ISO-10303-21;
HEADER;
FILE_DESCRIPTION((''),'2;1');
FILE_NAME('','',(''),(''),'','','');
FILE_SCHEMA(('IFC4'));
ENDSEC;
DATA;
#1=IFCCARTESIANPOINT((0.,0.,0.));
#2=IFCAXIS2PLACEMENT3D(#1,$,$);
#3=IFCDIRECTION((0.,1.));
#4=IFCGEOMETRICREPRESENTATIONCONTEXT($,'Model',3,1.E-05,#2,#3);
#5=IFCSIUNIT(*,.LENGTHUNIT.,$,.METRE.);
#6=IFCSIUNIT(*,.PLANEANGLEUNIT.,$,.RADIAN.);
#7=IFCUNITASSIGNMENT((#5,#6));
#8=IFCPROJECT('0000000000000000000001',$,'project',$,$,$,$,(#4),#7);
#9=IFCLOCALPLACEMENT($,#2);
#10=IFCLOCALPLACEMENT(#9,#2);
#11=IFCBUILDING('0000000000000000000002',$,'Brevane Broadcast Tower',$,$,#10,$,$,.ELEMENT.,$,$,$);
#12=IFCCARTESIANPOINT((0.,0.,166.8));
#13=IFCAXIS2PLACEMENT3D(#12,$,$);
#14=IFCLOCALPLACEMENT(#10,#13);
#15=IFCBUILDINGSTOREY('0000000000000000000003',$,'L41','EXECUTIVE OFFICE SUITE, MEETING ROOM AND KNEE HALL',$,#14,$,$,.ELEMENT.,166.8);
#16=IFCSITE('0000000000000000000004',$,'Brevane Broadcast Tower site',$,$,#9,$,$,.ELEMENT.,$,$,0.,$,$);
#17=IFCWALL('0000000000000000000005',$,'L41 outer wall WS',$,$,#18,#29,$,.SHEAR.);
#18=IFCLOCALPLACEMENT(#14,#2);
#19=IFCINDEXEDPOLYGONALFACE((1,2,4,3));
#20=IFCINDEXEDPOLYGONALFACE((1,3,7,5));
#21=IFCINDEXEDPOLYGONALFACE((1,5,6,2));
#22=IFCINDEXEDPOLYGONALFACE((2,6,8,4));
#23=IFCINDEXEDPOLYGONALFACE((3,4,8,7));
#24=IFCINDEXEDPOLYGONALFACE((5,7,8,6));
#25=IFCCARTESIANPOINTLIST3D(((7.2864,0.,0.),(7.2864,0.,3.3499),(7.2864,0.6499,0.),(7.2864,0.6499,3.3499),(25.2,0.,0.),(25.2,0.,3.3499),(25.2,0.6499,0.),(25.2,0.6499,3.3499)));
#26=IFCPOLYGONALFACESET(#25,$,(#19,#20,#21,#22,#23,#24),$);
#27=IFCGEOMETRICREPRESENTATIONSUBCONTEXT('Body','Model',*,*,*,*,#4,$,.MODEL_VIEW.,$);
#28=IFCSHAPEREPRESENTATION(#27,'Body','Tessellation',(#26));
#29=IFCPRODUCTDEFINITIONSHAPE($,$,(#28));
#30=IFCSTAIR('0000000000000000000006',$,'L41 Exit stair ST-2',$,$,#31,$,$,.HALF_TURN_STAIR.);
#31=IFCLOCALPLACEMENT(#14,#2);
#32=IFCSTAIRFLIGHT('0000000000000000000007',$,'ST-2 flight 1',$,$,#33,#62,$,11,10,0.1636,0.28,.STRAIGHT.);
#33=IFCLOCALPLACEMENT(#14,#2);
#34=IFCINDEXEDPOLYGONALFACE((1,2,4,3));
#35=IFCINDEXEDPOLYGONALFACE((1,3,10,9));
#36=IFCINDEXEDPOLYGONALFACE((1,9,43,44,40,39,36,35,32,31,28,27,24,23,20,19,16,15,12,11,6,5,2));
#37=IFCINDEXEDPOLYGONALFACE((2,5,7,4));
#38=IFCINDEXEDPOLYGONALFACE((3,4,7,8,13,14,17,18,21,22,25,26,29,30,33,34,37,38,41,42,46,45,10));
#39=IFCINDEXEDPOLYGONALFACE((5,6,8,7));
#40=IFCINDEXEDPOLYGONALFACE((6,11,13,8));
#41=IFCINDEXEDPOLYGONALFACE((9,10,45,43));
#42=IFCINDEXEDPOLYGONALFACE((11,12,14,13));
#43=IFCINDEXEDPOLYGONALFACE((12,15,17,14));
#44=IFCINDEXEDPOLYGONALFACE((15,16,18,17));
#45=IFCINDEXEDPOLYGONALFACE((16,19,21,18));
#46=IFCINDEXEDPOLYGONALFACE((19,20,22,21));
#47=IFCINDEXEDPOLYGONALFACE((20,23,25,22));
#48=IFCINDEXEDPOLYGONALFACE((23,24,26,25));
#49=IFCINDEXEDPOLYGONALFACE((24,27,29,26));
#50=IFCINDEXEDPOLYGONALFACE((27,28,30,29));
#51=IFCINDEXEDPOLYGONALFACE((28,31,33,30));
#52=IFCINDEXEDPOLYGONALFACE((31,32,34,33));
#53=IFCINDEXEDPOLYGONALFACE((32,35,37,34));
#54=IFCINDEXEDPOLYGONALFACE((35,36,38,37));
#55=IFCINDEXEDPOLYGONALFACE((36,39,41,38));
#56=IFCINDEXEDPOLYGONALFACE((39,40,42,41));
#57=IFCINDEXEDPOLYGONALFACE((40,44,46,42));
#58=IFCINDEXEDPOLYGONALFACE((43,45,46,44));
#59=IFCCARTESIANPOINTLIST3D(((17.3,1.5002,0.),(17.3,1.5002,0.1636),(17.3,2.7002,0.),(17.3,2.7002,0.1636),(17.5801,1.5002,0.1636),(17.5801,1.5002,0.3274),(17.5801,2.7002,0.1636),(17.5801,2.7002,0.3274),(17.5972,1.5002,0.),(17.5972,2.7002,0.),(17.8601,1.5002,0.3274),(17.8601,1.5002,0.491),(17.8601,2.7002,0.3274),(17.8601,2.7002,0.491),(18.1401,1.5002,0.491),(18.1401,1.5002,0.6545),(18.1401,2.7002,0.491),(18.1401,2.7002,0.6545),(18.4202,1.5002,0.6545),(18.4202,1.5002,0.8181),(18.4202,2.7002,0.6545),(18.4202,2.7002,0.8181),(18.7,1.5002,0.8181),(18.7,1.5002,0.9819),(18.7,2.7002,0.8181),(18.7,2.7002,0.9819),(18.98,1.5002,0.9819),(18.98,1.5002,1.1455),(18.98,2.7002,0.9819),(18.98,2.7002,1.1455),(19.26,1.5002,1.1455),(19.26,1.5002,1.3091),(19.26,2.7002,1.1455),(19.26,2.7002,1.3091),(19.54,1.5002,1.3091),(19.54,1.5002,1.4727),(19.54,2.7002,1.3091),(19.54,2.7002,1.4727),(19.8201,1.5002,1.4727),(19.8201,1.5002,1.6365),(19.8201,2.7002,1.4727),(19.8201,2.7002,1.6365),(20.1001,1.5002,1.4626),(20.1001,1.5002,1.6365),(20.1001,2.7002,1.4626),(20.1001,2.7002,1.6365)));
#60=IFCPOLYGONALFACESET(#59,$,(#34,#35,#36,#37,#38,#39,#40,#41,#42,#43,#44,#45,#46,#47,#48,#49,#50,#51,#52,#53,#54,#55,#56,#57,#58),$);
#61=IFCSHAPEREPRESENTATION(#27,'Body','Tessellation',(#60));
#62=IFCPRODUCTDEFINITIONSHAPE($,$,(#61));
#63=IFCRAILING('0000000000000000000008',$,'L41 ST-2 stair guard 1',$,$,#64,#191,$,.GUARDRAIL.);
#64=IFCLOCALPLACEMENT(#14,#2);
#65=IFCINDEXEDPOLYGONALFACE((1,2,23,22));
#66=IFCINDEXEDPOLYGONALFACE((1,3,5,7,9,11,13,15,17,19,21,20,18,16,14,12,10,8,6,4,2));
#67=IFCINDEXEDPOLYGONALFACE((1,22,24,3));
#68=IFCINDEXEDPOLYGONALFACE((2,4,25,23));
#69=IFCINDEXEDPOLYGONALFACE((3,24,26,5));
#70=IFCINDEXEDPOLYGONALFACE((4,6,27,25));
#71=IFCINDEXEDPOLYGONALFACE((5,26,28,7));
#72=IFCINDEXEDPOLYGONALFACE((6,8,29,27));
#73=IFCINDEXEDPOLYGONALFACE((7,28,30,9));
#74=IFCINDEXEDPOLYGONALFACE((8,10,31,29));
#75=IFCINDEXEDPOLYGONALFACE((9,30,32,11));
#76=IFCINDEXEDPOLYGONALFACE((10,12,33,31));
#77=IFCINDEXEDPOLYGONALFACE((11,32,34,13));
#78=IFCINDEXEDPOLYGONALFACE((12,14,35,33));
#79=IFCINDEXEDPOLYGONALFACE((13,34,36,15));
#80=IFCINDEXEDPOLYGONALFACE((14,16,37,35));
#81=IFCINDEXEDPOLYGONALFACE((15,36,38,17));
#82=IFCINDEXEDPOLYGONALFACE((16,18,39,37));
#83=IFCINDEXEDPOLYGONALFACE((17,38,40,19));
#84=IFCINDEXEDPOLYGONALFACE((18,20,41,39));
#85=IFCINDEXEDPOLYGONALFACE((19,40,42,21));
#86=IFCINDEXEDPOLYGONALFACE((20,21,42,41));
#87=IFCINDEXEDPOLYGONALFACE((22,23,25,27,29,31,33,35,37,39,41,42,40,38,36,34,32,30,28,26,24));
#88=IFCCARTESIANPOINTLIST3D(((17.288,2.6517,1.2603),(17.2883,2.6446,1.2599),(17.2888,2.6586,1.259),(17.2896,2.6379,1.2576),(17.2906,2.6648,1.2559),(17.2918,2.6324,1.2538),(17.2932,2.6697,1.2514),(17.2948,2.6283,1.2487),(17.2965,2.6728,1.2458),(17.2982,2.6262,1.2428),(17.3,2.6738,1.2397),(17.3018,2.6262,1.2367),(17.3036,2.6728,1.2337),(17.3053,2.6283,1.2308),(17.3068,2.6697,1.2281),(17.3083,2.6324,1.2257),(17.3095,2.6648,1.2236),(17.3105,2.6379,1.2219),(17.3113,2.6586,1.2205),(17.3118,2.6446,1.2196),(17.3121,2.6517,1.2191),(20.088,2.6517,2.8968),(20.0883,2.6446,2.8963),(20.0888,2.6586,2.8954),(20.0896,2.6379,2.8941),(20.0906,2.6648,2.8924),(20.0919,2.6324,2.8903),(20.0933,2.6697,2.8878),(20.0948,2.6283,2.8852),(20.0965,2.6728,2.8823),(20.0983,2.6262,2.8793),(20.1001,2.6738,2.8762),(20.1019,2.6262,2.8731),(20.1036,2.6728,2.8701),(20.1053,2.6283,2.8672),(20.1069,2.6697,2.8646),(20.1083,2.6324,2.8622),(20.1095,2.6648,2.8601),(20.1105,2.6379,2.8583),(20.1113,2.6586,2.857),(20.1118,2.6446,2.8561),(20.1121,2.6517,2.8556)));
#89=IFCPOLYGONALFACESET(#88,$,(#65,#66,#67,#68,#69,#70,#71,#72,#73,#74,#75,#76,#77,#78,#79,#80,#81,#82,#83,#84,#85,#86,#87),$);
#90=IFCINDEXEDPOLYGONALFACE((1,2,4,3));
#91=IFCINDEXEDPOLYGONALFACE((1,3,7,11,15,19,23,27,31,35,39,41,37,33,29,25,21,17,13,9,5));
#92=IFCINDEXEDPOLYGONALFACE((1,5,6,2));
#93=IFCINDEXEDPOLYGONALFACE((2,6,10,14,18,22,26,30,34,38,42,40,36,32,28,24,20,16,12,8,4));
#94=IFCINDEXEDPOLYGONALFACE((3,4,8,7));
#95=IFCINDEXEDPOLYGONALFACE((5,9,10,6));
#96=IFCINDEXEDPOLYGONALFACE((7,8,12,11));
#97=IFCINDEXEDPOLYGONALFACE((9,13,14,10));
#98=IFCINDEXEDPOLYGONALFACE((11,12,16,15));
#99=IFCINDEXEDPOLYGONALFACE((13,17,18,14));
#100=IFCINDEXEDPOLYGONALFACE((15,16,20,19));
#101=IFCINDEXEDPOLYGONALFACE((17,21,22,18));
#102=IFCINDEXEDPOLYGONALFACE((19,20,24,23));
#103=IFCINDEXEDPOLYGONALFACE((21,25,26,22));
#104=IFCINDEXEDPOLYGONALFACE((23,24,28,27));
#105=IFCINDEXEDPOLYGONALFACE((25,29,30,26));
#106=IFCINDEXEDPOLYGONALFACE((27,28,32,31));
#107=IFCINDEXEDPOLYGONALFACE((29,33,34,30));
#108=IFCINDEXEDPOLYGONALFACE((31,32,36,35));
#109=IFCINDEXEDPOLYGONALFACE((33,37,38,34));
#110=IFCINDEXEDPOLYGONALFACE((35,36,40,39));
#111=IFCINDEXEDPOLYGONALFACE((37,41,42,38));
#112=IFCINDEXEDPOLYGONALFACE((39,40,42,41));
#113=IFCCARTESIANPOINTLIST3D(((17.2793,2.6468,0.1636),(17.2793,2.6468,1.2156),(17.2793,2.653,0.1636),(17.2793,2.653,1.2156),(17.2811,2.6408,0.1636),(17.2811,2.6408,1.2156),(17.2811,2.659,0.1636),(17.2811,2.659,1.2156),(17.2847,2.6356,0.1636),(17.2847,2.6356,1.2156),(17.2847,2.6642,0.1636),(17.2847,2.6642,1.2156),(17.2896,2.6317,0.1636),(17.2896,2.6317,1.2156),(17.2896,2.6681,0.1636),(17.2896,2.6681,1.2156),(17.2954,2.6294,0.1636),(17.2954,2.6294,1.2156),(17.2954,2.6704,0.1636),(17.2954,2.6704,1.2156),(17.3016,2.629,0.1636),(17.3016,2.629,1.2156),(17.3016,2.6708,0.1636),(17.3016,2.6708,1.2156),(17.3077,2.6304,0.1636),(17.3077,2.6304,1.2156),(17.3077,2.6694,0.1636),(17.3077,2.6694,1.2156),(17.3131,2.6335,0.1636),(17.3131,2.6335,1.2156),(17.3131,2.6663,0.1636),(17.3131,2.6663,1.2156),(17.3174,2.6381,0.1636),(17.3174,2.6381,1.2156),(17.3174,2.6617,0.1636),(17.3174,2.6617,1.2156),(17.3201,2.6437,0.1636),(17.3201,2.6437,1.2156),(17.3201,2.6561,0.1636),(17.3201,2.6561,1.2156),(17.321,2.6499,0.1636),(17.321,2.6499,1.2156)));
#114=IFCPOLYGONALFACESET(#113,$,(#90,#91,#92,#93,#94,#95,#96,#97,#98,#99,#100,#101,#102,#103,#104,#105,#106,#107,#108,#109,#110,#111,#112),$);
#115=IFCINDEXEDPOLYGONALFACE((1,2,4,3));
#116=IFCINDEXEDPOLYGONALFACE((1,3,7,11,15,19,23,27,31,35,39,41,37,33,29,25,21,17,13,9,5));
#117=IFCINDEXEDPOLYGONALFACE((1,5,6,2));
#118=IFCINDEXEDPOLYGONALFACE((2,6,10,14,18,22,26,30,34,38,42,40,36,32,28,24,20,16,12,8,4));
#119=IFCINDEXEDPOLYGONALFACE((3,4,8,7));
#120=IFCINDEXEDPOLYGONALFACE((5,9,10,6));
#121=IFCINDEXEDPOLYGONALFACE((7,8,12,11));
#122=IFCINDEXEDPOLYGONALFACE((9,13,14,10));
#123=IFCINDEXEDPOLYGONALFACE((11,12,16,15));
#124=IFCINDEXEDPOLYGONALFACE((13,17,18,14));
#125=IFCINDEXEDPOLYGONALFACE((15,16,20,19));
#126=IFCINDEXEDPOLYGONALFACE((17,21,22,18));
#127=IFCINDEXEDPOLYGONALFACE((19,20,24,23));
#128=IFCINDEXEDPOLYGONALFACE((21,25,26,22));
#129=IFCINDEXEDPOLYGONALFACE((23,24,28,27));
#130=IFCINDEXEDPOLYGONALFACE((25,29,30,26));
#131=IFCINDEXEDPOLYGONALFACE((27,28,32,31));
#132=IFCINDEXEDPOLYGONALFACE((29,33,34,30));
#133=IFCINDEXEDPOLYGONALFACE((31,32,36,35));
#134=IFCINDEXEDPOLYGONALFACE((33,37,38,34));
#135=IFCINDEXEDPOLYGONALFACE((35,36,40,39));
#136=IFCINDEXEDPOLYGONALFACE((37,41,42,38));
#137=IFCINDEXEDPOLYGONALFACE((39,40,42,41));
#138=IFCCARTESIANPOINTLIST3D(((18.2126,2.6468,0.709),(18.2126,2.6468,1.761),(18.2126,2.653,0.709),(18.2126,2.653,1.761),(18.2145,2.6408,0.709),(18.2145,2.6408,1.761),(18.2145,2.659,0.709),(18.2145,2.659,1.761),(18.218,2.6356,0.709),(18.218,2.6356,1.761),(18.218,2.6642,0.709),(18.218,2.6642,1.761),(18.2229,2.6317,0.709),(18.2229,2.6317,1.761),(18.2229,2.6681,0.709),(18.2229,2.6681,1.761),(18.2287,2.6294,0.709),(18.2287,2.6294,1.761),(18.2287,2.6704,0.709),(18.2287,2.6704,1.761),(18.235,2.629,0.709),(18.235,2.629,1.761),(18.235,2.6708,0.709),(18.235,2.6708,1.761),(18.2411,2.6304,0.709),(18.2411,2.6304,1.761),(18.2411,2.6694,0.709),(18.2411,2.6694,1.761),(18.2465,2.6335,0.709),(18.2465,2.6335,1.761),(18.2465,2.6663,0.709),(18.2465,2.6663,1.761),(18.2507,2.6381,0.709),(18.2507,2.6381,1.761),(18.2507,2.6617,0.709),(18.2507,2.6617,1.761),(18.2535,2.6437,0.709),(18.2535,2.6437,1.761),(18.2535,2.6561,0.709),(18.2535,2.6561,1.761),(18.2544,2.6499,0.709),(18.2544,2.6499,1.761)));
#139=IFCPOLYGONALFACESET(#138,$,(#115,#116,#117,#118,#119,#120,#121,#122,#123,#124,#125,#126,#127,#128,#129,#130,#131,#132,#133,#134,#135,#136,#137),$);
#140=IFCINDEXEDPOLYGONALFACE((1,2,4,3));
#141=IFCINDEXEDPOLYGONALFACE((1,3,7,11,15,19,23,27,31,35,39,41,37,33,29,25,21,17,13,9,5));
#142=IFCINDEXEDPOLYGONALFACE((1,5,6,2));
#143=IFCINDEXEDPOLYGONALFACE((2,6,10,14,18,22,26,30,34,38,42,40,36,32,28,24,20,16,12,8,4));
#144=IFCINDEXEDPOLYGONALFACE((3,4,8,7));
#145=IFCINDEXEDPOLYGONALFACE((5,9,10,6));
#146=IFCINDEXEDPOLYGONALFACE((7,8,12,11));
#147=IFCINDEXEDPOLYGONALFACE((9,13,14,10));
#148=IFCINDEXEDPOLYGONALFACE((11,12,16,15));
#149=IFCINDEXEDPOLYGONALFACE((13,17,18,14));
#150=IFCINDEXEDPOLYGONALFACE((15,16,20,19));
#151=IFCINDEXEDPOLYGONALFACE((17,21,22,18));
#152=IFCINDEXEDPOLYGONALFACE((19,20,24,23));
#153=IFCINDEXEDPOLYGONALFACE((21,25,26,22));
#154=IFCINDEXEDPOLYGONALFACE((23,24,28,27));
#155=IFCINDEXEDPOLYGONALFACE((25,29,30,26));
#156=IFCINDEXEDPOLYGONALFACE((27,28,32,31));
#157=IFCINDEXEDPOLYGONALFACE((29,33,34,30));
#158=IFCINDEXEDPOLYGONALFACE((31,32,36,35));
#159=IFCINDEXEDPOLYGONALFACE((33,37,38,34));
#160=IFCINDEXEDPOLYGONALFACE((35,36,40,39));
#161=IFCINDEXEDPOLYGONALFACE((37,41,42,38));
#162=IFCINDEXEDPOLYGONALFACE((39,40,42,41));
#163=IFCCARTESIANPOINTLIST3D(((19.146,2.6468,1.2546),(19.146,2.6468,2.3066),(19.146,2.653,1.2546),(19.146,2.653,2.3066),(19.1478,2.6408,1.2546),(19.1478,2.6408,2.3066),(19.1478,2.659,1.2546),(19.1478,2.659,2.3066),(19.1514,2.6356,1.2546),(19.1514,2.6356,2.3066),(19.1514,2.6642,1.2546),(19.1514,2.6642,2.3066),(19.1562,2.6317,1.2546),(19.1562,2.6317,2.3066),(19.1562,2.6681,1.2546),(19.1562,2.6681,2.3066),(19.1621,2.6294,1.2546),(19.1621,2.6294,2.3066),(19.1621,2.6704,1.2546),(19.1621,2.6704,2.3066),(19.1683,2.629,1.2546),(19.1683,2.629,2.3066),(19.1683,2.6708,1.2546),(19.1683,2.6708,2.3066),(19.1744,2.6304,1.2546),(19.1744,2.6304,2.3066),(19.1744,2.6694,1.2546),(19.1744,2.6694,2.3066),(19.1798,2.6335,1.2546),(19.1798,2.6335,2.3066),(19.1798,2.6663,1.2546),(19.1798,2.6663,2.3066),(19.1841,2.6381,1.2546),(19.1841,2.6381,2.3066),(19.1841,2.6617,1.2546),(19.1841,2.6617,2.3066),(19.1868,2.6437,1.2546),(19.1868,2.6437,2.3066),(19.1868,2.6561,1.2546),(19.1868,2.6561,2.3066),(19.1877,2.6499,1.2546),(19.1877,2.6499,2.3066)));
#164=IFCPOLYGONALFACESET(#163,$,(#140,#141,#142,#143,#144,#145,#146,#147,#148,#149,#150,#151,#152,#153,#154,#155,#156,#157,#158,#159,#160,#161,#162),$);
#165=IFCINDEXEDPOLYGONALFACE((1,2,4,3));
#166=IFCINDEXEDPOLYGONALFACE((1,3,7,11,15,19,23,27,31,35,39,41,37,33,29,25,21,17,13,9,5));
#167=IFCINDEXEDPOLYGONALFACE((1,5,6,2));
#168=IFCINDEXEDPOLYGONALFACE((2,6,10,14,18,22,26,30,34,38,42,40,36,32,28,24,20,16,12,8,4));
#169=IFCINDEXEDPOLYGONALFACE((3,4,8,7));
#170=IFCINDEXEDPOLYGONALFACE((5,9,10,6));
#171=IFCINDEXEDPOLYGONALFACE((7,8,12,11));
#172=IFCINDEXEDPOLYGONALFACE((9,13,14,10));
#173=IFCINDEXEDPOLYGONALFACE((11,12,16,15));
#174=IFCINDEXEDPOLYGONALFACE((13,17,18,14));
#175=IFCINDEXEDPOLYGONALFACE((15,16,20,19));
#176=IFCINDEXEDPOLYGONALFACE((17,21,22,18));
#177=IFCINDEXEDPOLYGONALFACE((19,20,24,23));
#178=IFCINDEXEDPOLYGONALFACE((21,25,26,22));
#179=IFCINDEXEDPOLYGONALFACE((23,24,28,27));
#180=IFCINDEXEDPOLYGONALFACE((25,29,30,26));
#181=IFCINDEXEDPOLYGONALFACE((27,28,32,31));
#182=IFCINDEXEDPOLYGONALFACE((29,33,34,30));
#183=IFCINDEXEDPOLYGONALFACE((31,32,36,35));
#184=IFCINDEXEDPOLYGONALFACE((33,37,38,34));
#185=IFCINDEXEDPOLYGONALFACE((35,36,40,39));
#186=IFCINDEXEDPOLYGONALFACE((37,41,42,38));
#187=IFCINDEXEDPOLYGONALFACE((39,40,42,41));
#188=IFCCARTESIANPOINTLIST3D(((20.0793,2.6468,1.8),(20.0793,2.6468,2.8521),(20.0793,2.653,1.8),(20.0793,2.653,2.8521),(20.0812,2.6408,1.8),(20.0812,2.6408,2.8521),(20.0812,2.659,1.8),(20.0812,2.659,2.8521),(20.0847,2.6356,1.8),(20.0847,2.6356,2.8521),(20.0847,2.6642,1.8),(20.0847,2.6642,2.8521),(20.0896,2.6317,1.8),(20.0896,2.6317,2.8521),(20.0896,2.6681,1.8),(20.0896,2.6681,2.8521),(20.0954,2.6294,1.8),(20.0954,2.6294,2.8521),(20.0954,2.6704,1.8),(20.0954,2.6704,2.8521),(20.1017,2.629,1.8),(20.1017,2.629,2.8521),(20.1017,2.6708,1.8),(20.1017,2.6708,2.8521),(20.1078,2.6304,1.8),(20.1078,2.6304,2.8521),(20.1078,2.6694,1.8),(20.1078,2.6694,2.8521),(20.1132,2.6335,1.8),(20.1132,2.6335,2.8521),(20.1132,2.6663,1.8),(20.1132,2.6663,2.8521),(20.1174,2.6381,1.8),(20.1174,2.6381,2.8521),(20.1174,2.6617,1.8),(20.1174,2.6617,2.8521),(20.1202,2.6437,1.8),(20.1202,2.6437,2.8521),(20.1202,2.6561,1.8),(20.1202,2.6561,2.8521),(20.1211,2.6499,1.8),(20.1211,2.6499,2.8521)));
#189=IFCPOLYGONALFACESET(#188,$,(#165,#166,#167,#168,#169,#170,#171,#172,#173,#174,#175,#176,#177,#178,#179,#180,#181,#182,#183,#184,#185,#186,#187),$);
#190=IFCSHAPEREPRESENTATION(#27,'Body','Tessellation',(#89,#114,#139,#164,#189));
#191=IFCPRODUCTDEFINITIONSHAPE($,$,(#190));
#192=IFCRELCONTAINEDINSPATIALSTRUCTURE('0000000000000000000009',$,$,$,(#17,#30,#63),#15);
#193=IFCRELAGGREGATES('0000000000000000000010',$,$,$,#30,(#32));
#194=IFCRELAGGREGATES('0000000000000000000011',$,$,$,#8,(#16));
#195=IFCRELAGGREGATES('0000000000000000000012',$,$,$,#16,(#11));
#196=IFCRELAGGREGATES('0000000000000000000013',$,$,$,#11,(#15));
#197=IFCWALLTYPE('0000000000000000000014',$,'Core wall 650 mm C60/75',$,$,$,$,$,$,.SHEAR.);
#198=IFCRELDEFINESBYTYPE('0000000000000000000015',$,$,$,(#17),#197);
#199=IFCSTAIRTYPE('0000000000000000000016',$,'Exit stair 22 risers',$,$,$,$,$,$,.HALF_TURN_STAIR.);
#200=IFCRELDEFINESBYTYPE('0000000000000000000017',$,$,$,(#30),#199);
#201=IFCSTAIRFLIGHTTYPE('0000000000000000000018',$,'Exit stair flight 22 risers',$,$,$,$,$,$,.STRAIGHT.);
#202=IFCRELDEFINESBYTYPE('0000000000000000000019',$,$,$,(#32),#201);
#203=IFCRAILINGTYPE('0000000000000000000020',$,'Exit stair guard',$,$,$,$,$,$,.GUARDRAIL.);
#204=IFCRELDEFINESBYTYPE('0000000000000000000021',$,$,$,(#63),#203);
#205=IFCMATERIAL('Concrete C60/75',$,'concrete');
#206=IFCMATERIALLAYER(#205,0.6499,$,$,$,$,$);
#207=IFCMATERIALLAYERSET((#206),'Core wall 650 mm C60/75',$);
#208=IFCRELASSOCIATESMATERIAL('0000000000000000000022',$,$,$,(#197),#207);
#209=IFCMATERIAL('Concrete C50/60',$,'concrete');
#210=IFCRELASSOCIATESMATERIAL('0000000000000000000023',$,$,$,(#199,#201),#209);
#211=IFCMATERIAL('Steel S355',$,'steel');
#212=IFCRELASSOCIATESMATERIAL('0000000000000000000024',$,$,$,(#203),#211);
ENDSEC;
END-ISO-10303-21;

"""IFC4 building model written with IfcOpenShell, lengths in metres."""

from ifc_helpers import new_model, si_unit, direction, frame, frame_2d, origin, origin_2d, place, context, subcontext, project, spatial, polyline, rectangle, circle, outline, extrude, material, layer, layer_set, type_object, element, aggregate, save


model = new_model("IFC4")

# Units and contexts
model_context = context("Model", 3, precision=1e-05, world=origin(), true_north=direction((0.0, 1.0)))
body_context = subcontext(model_context, "Body", "Model", "MODEL_VIEW")
ifc_project = project(units=[si_unit("LENGTHUNIT", "METRE"), si_unit("PLANEANGLEUNIT", "RADIAN")], contexts=[model_context])

# Site, building, storey
site_placement = place(None, origin())
site = spatial("IfcSite", under=ifc_project, at=site_placement, Name="Brevane Broadcast Tower site", CompositionType="ELEMENT", RefElevation=0.0)
building_placement = place(site_placement, origin())
building = spatial("IfcBuilding", under=site, at=building_placement, Name="Brevane Broadcast Tower", CompositionType="ELEMENT")
storey_placement = place(building_placement, frame((0.0, 0.0, 166.8)))
storey = spatial("IfcBuildingStorey", under=building, at=storey_placement, Name="L41", Description="EXECUTIVE OFFICE SUITE, MEETING ROOM AND KNEE HALL", CompositionType="ELEMENT", Elevation=166.8)

# Shared definitions
ifc_material_1 = material(Name="Concrete C60/75", Category="concrete")

# Wall
ifc_layer_1 = layer(ifc_material_1, 0.6499)
ifc_layer_set_1 = layer_set([ifc_layer_1], Name="Core wall 650 mm C60/75")
wall_type_1 = type_object("IfcWallType", Name="Core wall 650 mm C60/75", PredefinedType="SHEAR", material=ifc_layer_set_1)
wall_1_placement = place(storey_placement, frame((7.2864, 0.325, 0.0), z_axis=(0.0, 0.0, 1.0), x_axis=(1.0, 0.0, 0.0)))
element("IfcWall", 1, at=wall_1_placement, inside=storey, type_object=wall_type_1, Name="L41 outer wall WS", PredefinedType="SHEAR", context=body_context, shape_type="SweptSolid", body=[
    extrude(rectangle(XDim=17.9136, YDim=0.6499, at=frame_2d((8.9568, 0.0))), origin(), (0.0, 0.0, 1.0), 3.3499),
])

# Stair, stair flight
ifc_material_2 = material(Name="Concrete C50/60", Category="concrete")
stair_type = type_object("IfcStairType", Name="Exit stair 22 risers", PredefinedType="HALF_TURN_STAIR", material=ifc_material_2)
stair_placement = place(storey_placement, origin())
stair = element("IfcStair", 2, at=stair_placement, inside=storey, type_object=stair_type, Name="L41 Exit stair ST-2", PredefinedType="HALF_TURN_STAIR")
stair_flight_type = type_object("IfcStairFlightType", Name="Exit stair flight 22 risers", PredefinedType="STRAIGHT", material=ifc_material_2)
stair_flight_placement = place(storey_placement, frame((17.3, 2.1001, 0.0), z_axis=(0.0, 0.0, 1.0), x_axis=(1.0, 0.0, 0.0)))
stair_flight = element("IfcStairFlight", 3, at=stair_flight_placement, type_object=stair_flight_type, Name="ST-2 flight 1", NumberOfRisers=11, NumberOfTreads=10, PredefinedType="STRAIGHT", RiserHeight=0.1636, TreadLength=0.28, context=body_context, shape_type="SweptSolid", body=[
    extrude(outline(polyline([(0.0, 0.0), (0.0, 0.1636), (0.28, 0.1636), (0.28, 0.3274), (0.5601, 0.3274), (0.5601, 0.491), (0.8401, 0.491), (0.8401, 0.6545), (1.1201, 0.6545), (1.1201, 0.8181), (1.3999, 0.8181), (1.3999, 0.9819), (1.6799, 0.9819), (1.6799, 1.1455), (1.96, 1.1455), (1.96, 1.3091), (2.24, 1.3091), (2.24, 1.4727), (2.52, 1.4727), (2.52, 1.6365), (2.8, 1.6365), (2.8, 1.8), (2.8, 1.4626), (0.2971, 0.0), (0.0, 0.0)])), frame((0.0, 0.6001, 0.0), z_axis=(0.0, -1.0, 0.0), x_axis=(1.0, 0.0, 0.0)), (0.0, 0.0, 1.0), 1.2),
])
aggregate(stair, [stair_flight])

# Railing
ifc_material_3 = material(Name="Steel S355", Category="steel")
railing_type_1 = type_object("IfcRailingType", Name="Exit stair guard", PredefinedType="GUARDRAIL", material=ifc_material_3)
railing_1_placement = place(storey_placement, frame((17.3, 2.6499, 0.1636)))
element("IfcRailing", 4, at=railing_1_placement, inside=storey, type_object=railing_type_1, Name="L41 ST-2 stair guard 1", PredefinedType="GUARDRAIL", context=body_context, shape_type="SweptSolid", body=[
    extrude(circle(Radius=0.0239, at=origin_2d()), frame((0.0, 0.0, 1.0762), z_axis=(0.863361, 0.0, 0.504587), x_axis=(0.0, 1.0, 0.0)), (0.0, 0.0, 1.0), 3.2432),
    extrude(circle(Radius=0.021, at=origin_2d()), origin(), (0.0, 0.0, 1.0), 1.052),
    extrude(circle(Radius=0.021, at=origin_2d()), frame((0.9333, 0.0, 0.5454)), (0.0, 0.0, 1.0), 1.052),
    extrude(circle(Radius=0.021, at=origin_2d()), frame((1.8667, 0.0, 1.0911)), (0.0, 0.0, 1.0), 1.052),
    extrude(circle(Radius=0.021, at=origin_2d()), frame((2.8, 0.0, 1.6365)), (0.0, 0.0, 1.0), 1.052),
])

save(model, "model.ifc")
